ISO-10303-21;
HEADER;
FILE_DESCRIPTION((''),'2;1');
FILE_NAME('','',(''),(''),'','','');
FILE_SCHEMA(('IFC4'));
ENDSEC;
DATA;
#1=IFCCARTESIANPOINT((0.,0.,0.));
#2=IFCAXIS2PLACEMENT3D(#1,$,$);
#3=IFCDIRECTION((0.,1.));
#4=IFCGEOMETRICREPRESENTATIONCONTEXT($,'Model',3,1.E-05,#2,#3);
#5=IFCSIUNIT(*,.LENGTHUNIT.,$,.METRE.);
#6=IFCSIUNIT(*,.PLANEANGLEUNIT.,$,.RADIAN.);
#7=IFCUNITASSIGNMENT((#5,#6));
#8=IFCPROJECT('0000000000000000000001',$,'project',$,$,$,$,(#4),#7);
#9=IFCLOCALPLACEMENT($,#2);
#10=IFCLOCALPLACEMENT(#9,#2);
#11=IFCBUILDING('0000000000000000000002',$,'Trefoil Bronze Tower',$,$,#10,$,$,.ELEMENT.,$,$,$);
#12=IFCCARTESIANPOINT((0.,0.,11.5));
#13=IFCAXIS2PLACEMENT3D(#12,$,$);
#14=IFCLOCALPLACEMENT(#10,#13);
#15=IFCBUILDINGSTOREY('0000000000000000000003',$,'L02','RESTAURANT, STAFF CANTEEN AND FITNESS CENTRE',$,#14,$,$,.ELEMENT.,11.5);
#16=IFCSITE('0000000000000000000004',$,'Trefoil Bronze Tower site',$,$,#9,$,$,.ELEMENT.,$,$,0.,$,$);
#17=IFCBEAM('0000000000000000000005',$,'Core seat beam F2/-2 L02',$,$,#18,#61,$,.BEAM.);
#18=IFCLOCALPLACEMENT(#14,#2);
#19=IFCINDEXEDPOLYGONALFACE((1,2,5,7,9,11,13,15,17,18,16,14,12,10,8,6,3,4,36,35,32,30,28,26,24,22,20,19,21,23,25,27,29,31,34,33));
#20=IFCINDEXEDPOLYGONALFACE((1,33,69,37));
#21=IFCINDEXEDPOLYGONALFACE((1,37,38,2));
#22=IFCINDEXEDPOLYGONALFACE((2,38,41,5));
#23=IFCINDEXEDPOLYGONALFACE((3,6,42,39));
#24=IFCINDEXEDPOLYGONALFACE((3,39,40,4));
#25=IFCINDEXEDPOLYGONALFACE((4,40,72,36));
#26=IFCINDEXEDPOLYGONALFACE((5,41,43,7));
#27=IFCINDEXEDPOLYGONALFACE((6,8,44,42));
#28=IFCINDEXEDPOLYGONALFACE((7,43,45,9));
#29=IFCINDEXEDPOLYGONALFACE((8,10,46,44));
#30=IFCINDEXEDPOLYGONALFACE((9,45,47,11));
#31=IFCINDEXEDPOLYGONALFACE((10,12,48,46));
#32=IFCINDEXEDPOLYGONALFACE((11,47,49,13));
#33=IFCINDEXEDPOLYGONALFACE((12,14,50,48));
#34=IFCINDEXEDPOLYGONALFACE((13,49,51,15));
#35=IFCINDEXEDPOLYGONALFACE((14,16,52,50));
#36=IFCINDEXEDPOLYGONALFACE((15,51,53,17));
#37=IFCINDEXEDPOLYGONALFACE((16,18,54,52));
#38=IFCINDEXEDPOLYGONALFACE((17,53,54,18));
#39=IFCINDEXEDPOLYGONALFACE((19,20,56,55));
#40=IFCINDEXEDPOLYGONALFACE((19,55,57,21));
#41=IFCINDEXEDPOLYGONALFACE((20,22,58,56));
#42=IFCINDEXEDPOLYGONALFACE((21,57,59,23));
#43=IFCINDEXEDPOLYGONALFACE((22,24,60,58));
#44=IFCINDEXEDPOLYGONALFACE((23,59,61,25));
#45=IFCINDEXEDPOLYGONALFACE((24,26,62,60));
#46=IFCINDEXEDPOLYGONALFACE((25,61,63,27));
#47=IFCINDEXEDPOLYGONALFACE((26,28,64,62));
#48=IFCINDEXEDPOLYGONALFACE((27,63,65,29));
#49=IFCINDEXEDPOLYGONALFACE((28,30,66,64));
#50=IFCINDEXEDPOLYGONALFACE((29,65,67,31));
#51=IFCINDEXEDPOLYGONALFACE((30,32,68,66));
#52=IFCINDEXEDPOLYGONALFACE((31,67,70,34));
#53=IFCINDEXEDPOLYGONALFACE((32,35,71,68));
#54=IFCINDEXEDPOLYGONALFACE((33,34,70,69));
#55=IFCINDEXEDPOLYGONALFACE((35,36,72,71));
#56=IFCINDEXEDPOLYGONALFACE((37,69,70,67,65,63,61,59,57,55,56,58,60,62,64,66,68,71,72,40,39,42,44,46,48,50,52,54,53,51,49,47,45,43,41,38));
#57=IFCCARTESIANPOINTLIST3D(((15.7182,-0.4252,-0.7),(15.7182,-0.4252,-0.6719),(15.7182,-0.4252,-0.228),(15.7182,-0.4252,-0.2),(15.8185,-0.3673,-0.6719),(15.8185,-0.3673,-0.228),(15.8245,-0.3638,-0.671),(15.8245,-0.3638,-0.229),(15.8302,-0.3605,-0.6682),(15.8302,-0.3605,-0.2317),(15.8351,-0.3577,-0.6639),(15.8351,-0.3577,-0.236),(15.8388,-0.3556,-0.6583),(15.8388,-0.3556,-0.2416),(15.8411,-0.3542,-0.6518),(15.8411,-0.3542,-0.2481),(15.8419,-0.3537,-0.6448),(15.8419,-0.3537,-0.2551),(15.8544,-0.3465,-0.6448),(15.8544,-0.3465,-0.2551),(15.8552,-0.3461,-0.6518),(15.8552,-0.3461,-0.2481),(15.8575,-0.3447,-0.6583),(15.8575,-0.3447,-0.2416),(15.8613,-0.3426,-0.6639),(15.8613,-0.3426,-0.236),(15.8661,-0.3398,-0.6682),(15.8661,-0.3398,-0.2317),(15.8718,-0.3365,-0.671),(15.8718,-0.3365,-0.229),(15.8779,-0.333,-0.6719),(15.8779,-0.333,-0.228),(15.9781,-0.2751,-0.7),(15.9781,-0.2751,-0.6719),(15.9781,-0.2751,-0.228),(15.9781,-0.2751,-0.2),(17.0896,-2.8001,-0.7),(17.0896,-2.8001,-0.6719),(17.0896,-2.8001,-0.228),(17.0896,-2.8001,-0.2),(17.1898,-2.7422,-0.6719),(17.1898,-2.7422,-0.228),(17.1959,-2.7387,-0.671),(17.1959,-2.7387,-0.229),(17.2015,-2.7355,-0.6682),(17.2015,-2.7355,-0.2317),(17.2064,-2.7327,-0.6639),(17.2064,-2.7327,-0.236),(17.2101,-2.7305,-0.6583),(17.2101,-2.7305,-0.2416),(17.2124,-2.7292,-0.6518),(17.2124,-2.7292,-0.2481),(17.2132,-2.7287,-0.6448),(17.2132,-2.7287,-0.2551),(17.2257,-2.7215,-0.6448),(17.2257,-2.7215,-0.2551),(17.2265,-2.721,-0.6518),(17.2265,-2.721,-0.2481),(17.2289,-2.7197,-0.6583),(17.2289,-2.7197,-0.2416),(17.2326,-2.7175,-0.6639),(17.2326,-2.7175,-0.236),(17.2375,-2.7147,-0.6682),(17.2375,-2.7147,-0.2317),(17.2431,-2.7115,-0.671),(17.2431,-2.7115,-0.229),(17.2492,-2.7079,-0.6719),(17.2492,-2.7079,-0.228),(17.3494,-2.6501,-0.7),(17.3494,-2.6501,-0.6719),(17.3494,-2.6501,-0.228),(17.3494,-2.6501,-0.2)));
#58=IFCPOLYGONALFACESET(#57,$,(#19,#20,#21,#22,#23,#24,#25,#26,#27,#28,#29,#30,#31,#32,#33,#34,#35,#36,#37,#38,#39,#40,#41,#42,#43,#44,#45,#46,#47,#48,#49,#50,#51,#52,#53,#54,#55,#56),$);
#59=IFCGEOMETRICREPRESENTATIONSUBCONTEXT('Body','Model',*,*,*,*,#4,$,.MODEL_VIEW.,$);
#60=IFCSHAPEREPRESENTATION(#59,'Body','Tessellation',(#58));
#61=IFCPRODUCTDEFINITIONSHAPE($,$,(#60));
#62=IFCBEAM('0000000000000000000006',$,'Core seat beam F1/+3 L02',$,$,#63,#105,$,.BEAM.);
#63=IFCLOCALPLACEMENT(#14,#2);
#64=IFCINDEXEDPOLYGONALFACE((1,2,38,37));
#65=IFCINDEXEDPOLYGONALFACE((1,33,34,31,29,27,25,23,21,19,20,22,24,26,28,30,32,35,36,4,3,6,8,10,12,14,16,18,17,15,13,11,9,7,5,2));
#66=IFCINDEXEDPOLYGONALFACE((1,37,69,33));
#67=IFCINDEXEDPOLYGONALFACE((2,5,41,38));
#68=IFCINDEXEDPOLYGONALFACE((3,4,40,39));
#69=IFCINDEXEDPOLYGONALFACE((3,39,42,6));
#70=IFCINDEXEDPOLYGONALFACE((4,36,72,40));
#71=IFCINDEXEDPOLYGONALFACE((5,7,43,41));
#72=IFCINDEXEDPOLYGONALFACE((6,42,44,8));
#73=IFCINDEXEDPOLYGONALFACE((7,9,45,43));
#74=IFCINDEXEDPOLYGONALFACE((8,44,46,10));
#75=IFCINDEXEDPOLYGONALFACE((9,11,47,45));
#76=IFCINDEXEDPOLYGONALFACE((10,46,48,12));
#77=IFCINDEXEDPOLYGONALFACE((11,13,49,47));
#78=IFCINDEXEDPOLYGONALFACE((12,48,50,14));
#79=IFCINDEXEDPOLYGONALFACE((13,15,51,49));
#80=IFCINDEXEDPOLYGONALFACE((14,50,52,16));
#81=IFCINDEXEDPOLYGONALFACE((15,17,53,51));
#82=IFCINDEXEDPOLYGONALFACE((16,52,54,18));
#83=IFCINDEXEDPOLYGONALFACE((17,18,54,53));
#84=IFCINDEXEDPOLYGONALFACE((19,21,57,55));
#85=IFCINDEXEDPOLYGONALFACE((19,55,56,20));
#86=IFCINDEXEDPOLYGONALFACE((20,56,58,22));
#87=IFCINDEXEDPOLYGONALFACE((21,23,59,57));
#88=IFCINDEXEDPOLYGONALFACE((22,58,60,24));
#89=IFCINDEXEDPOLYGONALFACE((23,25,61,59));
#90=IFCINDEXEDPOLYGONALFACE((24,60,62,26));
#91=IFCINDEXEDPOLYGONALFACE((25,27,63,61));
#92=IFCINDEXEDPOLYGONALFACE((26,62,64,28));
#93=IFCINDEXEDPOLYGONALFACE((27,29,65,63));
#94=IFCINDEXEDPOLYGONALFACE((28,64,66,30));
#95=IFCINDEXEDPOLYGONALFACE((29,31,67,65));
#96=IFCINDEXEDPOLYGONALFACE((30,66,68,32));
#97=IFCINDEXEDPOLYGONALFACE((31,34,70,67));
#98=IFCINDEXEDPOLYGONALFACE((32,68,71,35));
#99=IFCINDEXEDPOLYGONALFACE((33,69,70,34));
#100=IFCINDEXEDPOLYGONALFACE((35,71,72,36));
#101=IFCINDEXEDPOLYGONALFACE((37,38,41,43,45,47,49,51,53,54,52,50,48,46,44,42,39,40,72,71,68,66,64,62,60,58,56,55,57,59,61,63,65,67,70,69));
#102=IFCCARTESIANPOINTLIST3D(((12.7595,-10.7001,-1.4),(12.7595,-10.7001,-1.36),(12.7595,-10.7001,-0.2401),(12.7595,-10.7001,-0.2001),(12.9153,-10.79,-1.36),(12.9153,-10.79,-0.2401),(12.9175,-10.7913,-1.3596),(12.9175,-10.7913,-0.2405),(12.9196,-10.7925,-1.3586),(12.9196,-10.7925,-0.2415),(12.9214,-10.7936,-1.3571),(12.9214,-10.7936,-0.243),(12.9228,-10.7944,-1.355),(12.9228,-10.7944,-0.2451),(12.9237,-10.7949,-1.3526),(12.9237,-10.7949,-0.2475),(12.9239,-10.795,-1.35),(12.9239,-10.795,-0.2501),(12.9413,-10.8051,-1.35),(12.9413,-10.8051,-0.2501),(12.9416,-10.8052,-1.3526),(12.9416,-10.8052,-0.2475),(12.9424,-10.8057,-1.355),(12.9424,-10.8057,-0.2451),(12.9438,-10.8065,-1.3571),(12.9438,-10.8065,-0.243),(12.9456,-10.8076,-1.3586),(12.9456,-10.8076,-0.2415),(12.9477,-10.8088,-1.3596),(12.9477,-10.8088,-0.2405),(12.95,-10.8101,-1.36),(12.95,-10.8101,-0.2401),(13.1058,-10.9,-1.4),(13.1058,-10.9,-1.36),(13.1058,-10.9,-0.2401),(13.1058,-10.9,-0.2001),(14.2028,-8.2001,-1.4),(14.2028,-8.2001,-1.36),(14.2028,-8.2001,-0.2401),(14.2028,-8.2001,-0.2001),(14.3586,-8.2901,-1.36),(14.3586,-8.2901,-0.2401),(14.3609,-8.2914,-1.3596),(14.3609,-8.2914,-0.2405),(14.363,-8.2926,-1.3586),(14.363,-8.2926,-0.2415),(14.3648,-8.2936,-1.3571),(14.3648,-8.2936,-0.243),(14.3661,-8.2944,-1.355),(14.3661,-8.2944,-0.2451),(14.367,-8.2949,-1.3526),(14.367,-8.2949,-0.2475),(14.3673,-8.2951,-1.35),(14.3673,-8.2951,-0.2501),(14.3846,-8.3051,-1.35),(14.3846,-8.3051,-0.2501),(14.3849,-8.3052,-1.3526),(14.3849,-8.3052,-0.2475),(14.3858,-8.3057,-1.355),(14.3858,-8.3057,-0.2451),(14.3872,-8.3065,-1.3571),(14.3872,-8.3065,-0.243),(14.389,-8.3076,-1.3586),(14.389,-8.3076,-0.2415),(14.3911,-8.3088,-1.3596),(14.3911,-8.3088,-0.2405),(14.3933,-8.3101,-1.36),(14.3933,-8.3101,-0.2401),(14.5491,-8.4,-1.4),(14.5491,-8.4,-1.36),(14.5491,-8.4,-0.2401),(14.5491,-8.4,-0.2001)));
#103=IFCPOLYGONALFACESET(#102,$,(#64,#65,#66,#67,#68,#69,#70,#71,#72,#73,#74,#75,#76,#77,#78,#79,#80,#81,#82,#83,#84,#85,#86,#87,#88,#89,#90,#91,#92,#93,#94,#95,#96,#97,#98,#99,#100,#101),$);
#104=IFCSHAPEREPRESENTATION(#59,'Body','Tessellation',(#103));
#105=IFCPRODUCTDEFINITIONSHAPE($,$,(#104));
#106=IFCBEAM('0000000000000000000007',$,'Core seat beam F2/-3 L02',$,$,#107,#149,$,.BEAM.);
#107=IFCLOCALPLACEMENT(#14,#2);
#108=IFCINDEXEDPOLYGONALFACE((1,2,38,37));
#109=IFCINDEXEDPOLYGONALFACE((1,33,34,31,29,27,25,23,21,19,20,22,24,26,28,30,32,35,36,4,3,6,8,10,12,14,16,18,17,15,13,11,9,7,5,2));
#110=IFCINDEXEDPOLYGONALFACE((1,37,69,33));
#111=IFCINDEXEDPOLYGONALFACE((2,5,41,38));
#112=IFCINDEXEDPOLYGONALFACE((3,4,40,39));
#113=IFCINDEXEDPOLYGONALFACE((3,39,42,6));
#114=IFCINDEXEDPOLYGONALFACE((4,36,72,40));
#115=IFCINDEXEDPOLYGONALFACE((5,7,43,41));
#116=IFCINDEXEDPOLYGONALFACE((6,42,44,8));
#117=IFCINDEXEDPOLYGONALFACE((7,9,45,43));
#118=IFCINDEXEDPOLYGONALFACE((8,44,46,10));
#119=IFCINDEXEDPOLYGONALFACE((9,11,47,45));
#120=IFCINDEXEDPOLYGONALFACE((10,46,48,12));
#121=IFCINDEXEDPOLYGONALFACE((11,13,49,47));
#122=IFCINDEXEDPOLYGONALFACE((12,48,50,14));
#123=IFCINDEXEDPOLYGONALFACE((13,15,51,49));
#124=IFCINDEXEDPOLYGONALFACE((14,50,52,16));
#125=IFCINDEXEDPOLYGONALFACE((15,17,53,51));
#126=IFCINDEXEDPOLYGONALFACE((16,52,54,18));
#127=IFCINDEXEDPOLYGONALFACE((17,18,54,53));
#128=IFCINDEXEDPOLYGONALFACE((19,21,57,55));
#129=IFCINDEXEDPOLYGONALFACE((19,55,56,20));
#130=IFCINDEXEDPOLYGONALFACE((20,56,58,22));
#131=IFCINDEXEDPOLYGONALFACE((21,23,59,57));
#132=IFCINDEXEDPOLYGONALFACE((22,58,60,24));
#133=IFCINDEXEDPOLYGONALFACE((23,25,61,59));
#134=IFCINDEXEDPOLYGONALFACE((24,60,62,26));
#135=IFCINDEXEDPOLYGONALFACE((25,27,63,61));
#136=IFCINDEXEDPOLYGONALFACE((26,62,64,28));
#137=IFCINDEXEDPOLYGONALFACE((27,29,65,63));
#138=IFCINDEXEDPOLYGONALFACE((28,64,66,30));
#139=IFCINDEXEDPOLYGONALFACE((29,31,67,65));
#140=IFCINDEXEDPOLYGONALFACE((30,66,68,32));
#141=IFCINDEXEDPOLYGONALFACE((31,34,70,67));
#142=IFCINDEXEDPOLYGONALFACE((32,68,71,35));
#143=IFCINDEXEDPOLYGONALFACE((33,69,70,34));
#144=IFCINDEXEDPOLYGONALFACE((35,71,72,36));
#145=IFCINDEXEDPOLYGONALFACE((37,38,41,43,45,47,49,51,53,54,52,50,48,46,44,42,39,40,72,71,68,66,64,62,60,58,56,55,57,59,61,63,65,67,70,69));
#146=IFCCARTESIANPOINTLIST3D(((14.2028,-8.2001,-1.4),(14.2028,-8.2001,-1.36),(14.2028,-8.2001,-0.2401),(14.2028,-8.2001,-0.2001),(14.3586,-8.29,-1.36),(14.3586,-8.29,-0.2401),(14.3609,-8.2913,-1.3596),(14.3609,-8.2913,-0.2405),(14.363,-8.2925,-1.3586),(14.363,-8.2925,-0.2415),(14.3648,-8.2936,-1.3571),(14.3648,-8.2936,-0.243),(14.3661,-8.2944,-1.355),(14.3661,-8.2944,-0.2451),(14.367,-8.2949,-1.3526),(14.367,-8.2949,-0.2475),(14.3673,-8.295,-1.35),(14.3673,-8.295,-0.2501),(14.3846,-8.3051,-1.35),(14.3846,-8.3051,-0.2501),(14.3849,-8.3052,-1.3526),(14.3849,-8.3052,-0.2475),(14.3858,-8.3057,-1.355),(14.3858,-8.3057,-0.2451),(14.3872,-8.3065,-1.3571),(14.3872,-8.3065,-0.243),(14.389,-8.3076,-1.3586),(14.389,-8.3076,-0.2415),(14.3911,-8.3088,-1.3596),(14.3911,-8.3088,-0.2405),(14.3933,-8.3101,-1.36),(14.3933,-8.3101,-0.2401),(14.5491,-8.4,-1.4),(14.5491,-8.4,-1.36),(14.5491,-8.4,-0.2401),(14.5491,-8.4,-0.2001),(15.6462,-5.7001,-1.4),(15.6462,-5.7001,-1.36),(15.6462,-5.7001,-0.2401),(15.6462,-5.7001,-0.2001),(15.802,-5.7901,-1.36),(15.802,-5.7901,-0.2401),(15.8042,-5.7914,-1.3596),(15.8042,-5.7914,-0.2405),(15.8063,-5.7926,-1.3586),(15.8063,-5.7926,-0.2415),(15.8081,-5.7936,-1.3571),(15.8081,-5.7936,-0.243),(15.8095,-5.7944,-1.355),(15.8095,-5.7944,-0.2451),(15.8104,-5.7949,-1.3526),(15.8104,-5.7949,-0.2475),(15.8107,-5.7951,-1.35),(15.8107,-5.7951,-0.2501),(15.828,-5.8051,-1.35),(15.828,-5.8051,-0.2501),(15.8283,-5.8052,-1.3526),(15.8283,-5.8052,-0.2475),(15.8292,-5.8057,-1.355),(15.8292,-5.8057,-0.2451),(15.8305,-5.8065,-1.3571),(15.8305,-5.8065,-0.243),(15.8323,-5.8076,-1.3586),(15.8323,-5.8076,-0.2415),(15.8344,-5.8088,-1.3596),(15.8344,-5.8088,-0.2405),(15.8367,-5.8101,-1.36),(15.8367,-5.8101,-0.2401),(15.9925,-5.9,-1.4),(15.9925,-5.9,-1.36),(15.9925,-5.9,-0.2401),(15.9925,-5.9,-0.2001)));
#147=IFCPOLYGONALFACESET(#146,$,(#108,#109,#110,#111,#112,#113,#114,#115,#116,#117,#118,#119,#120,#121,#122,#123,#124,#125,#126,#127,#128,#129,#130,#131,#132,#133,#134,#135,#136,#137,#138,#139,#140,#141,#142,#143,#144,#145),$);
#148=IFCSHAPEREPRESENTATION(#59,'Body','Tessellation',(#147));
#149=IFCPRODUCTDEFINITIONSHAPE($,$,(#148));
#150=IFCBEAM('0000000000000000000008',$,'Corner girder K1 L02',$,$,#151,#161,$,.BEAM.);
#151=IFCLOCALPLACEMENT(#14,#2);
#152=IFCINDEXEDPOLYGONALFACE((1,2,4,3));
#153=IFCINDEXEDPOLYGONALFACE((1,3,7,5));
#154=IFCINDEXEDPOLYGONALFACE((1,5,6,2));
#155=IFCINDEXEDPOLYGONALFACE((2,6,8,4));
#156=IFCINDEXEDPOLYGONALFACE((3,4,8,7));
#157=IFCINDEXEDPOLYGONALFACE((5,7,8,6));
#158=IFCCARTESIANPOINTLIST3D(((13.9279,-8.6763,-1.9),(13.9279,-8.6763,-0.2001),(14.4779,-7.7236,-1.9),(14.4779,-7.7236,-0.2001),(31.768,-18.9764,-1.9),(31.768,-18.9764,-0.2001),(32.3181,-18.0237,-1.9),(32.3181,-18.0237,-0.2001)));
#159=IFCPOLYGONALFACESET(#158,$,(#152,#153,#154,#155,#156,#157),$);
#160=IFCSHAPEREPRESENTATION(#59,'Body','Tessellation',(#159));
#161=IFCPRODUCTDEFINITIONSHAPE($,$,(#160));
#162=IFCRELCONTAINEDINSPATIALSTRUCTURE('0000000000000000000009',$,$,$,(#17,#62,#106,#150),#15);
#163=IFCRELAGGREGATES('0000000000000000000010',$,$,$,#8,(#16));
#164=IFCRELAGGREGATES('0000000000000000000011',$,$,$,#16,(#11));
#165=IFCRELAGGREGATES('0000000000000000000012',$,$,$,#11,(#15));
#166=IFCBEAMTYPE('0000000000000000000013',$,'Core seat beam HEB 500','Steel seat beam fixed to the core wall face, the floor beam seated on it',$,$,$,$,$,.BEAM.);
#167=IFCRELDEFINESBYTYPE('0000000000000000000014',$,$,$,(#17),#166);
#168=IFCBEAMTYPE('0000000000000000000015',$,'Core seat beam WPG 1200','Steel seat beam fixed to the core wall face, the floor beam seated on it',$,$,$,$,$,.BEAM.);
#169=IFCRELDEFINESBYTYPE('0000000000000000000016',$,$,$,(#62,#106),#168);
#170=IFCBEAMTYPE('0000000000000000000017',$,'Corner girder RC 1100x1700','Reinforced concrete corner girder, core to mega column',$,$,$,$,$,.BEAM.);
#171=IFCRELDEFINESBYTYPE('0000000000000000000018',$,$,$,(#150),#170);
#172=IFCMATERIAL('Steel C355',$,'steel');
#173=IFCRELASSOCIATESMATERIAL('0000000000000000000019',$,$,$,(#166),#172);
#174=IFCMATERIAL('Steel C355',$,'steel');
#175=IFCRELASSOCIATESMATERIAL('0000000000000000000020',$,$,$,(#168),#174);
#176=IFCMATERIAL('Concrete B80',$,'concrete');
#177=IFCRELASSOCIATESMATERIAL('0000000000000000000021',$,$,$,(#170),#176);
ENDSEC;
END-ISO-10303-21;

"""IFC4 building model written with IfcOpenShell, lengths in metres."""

from ifc_helpers import new_model, si_unit, direction, frame, origin, origin_2d, place, context, subcontext, project, spatial, rectangle, i_section, extrude, material, material_profile, profile_set, type_object, element, save


model = new_model("IFC4")

# Units and contexts
model_context = context("Model", 3, precision=1e-05, world=origin(), true_north=direction((0.0, 1.0)))
body_context = subcontext(model_context, "Body", "Model", "MODEL_VIEW")
ifc_project = project(units=[si_unit("LENGTHUNIT", "METRE"), si_unit("PLANEANGLEUNIT", "RADIAN")], contexts=[model_context])

# Site, building, storey
site_placement = place(None, origin())
site = spatial("IfcSite", under=ifc_project, at=site_placement, Name="Trefoil Bronze Tower site", CompositionType="ELEMENT", RefElevation=0.0)
building_placement = place(site_placement, origin())
building = spatial("IfcBuilding", under=site, at=building_placement, Name="Trefoil Bronze Tower", CompositionType="ELEMENT")
storey_placement = place(building_placement, frame((0.0, 0.0, 11.5)))
storey = spatial("IfcBuildingStorey", under=building, at=storey_placement, Name="L02", Description="RESTAURANT, STAFF CANTEEN AND FITNESS CENTRE", CompositionType="ELEMENT", Elevation=11.5)

# Beams
ifc_material_1 = material(Name="Steel C355", Category="steel")
ifc_material_profile_1 = material_profile(ifc_material_1, i_section(OverallWidth=0.3, OverallDepth=0.5, WebThickness=0.0144, FlangeThickness=0.0281, FilletRadius=0.0271, at=origin_2d()), Name="HEB 500")
ifc_profile_set_1 = profile_set([ifc_material_profile_1], Name="Steel C355")
beam_type_1 = type_object("IfcBeamType", Name="Core seat beam HEB 500", Description="Steel seat beam fixed to the core wall face, the floor beam seated on it", PredefinedType="BEAM", material=ifc_profile_set_1)
beam_1_placement = place(storey_placement, frame((17.2195, -2.7251, -0.45), z_axis=(-0.500036, 0.866005, 0.0), x_axis=(-0.866005, -0.500036, 0.0)))
element("IfcBeam", 1, at=beam_1_placement, inside=storey, type_object=beam_type_1, Name="Core seat beam F2/-2 L02", PredefinedType="BEAM", context=body_context, shape_type="SweptSolid", body=[
    extrude(i_section(OverallWidth=0.3, OverallDepth=0.5, WebThickness=0.0144, FlangeThickness=0.0281, FilletRadius=0.0271, at=origin_2d()), origin(), (0.0, 0.0, 1.0), 2.7424),
])
ifc_material_2 = material(Name="Steel C355", Category="steel")
ifc_material_profile_2 = material_profile(ifc_material_2, i_section(OverallWidth=0.3999, OverallDepth=1.2, WebThickness=0.02, FlangeThickness=0.04, FilletRadius=0.01, at=origin_2d()), Name="WPG 1200")
ifc_profile_set_2 = profile_set([ifc_material_profile_2], Name="Steel C355")
beam_type_2 = type_object("IfcBeamType", Name="Core seat beam WPG 1200", Description="Steel seat beam fixed to the core wall face, the floor beam seated on it", PredefinedType="BEAM", material=ifc_profile_set_2)
for number, where, z_axis, x_axis, name in (
    (2, (12.9326, -10.8, -0.8), (0.499996, 0.866028, 0.0), (-0.866028, 0.499996, 0.0), "Core seat beam F1/+3 L02"),
    (3, (14.376, -8.3, -0.8), (0.499996, 0.866028, 0.0), (-0.866028, 0.499996, 0.0), "Core seat beam F2/-3 L02"),
):
    element("IfcBeam", number, at=place(storey_placement, frame(where, z_axis=z_axis, x_axis=x_axis)), inside=storey, type_object=beam_type_2, Name=name, PredefinedType="BEAM", context=body_context, shape_type="SweptSolid", body=[
        extrude(i_section(OverallWidth=0.3999, OverallDepth=1.2, WebThickness=0.02, FlangeThickness=0.04, FilletRadius=0.01, at=origin_2d()), origin(), (0.0, 0.0, 1.0), 2.8867),
    ])
ifc_material_3 = material(Name="Concrete B80", Category="concrete")
ifc_material_profile_3 = material_profile(ifc_material_3, rectangle(XDim=1.1001, YDim=1.7, at=origin_2d()), Name="RC 1100x1700")
ifc_profile_set_3 = profile_set([ifc_material_profile_3], Name="Concrete B80")
beam_type_3 = type_object("IfcBeamType", Name="Corner girder RC 1100x1700", Description="Reinforced concrete corner girder, core to mega column", PredefinedType="BEAM", material=ifc_profile_set_3)
beam_2_placement = place(storey_placement, frame((14.2029, -8.2, -1.05), z_axis=(0.866024, -0.500003, 0.0), x_axis=(0.500003, 0.866024, 0.0)))
element("IfcBeam", 4, at=beam_2_placement, inside=storey, type_object=beam_type_3, Name="Corner girder K1 L02", PredefinedType="BEAM", context=body_context, shape_type="SweptSolid", body=[
    extrude(rectangle(XDim=1.1001, YDim=1.7, at=origin_2d()), origin(), (0.0, 0.0, 1.0), 20.6001),
])

save(model, "model.ifc")
